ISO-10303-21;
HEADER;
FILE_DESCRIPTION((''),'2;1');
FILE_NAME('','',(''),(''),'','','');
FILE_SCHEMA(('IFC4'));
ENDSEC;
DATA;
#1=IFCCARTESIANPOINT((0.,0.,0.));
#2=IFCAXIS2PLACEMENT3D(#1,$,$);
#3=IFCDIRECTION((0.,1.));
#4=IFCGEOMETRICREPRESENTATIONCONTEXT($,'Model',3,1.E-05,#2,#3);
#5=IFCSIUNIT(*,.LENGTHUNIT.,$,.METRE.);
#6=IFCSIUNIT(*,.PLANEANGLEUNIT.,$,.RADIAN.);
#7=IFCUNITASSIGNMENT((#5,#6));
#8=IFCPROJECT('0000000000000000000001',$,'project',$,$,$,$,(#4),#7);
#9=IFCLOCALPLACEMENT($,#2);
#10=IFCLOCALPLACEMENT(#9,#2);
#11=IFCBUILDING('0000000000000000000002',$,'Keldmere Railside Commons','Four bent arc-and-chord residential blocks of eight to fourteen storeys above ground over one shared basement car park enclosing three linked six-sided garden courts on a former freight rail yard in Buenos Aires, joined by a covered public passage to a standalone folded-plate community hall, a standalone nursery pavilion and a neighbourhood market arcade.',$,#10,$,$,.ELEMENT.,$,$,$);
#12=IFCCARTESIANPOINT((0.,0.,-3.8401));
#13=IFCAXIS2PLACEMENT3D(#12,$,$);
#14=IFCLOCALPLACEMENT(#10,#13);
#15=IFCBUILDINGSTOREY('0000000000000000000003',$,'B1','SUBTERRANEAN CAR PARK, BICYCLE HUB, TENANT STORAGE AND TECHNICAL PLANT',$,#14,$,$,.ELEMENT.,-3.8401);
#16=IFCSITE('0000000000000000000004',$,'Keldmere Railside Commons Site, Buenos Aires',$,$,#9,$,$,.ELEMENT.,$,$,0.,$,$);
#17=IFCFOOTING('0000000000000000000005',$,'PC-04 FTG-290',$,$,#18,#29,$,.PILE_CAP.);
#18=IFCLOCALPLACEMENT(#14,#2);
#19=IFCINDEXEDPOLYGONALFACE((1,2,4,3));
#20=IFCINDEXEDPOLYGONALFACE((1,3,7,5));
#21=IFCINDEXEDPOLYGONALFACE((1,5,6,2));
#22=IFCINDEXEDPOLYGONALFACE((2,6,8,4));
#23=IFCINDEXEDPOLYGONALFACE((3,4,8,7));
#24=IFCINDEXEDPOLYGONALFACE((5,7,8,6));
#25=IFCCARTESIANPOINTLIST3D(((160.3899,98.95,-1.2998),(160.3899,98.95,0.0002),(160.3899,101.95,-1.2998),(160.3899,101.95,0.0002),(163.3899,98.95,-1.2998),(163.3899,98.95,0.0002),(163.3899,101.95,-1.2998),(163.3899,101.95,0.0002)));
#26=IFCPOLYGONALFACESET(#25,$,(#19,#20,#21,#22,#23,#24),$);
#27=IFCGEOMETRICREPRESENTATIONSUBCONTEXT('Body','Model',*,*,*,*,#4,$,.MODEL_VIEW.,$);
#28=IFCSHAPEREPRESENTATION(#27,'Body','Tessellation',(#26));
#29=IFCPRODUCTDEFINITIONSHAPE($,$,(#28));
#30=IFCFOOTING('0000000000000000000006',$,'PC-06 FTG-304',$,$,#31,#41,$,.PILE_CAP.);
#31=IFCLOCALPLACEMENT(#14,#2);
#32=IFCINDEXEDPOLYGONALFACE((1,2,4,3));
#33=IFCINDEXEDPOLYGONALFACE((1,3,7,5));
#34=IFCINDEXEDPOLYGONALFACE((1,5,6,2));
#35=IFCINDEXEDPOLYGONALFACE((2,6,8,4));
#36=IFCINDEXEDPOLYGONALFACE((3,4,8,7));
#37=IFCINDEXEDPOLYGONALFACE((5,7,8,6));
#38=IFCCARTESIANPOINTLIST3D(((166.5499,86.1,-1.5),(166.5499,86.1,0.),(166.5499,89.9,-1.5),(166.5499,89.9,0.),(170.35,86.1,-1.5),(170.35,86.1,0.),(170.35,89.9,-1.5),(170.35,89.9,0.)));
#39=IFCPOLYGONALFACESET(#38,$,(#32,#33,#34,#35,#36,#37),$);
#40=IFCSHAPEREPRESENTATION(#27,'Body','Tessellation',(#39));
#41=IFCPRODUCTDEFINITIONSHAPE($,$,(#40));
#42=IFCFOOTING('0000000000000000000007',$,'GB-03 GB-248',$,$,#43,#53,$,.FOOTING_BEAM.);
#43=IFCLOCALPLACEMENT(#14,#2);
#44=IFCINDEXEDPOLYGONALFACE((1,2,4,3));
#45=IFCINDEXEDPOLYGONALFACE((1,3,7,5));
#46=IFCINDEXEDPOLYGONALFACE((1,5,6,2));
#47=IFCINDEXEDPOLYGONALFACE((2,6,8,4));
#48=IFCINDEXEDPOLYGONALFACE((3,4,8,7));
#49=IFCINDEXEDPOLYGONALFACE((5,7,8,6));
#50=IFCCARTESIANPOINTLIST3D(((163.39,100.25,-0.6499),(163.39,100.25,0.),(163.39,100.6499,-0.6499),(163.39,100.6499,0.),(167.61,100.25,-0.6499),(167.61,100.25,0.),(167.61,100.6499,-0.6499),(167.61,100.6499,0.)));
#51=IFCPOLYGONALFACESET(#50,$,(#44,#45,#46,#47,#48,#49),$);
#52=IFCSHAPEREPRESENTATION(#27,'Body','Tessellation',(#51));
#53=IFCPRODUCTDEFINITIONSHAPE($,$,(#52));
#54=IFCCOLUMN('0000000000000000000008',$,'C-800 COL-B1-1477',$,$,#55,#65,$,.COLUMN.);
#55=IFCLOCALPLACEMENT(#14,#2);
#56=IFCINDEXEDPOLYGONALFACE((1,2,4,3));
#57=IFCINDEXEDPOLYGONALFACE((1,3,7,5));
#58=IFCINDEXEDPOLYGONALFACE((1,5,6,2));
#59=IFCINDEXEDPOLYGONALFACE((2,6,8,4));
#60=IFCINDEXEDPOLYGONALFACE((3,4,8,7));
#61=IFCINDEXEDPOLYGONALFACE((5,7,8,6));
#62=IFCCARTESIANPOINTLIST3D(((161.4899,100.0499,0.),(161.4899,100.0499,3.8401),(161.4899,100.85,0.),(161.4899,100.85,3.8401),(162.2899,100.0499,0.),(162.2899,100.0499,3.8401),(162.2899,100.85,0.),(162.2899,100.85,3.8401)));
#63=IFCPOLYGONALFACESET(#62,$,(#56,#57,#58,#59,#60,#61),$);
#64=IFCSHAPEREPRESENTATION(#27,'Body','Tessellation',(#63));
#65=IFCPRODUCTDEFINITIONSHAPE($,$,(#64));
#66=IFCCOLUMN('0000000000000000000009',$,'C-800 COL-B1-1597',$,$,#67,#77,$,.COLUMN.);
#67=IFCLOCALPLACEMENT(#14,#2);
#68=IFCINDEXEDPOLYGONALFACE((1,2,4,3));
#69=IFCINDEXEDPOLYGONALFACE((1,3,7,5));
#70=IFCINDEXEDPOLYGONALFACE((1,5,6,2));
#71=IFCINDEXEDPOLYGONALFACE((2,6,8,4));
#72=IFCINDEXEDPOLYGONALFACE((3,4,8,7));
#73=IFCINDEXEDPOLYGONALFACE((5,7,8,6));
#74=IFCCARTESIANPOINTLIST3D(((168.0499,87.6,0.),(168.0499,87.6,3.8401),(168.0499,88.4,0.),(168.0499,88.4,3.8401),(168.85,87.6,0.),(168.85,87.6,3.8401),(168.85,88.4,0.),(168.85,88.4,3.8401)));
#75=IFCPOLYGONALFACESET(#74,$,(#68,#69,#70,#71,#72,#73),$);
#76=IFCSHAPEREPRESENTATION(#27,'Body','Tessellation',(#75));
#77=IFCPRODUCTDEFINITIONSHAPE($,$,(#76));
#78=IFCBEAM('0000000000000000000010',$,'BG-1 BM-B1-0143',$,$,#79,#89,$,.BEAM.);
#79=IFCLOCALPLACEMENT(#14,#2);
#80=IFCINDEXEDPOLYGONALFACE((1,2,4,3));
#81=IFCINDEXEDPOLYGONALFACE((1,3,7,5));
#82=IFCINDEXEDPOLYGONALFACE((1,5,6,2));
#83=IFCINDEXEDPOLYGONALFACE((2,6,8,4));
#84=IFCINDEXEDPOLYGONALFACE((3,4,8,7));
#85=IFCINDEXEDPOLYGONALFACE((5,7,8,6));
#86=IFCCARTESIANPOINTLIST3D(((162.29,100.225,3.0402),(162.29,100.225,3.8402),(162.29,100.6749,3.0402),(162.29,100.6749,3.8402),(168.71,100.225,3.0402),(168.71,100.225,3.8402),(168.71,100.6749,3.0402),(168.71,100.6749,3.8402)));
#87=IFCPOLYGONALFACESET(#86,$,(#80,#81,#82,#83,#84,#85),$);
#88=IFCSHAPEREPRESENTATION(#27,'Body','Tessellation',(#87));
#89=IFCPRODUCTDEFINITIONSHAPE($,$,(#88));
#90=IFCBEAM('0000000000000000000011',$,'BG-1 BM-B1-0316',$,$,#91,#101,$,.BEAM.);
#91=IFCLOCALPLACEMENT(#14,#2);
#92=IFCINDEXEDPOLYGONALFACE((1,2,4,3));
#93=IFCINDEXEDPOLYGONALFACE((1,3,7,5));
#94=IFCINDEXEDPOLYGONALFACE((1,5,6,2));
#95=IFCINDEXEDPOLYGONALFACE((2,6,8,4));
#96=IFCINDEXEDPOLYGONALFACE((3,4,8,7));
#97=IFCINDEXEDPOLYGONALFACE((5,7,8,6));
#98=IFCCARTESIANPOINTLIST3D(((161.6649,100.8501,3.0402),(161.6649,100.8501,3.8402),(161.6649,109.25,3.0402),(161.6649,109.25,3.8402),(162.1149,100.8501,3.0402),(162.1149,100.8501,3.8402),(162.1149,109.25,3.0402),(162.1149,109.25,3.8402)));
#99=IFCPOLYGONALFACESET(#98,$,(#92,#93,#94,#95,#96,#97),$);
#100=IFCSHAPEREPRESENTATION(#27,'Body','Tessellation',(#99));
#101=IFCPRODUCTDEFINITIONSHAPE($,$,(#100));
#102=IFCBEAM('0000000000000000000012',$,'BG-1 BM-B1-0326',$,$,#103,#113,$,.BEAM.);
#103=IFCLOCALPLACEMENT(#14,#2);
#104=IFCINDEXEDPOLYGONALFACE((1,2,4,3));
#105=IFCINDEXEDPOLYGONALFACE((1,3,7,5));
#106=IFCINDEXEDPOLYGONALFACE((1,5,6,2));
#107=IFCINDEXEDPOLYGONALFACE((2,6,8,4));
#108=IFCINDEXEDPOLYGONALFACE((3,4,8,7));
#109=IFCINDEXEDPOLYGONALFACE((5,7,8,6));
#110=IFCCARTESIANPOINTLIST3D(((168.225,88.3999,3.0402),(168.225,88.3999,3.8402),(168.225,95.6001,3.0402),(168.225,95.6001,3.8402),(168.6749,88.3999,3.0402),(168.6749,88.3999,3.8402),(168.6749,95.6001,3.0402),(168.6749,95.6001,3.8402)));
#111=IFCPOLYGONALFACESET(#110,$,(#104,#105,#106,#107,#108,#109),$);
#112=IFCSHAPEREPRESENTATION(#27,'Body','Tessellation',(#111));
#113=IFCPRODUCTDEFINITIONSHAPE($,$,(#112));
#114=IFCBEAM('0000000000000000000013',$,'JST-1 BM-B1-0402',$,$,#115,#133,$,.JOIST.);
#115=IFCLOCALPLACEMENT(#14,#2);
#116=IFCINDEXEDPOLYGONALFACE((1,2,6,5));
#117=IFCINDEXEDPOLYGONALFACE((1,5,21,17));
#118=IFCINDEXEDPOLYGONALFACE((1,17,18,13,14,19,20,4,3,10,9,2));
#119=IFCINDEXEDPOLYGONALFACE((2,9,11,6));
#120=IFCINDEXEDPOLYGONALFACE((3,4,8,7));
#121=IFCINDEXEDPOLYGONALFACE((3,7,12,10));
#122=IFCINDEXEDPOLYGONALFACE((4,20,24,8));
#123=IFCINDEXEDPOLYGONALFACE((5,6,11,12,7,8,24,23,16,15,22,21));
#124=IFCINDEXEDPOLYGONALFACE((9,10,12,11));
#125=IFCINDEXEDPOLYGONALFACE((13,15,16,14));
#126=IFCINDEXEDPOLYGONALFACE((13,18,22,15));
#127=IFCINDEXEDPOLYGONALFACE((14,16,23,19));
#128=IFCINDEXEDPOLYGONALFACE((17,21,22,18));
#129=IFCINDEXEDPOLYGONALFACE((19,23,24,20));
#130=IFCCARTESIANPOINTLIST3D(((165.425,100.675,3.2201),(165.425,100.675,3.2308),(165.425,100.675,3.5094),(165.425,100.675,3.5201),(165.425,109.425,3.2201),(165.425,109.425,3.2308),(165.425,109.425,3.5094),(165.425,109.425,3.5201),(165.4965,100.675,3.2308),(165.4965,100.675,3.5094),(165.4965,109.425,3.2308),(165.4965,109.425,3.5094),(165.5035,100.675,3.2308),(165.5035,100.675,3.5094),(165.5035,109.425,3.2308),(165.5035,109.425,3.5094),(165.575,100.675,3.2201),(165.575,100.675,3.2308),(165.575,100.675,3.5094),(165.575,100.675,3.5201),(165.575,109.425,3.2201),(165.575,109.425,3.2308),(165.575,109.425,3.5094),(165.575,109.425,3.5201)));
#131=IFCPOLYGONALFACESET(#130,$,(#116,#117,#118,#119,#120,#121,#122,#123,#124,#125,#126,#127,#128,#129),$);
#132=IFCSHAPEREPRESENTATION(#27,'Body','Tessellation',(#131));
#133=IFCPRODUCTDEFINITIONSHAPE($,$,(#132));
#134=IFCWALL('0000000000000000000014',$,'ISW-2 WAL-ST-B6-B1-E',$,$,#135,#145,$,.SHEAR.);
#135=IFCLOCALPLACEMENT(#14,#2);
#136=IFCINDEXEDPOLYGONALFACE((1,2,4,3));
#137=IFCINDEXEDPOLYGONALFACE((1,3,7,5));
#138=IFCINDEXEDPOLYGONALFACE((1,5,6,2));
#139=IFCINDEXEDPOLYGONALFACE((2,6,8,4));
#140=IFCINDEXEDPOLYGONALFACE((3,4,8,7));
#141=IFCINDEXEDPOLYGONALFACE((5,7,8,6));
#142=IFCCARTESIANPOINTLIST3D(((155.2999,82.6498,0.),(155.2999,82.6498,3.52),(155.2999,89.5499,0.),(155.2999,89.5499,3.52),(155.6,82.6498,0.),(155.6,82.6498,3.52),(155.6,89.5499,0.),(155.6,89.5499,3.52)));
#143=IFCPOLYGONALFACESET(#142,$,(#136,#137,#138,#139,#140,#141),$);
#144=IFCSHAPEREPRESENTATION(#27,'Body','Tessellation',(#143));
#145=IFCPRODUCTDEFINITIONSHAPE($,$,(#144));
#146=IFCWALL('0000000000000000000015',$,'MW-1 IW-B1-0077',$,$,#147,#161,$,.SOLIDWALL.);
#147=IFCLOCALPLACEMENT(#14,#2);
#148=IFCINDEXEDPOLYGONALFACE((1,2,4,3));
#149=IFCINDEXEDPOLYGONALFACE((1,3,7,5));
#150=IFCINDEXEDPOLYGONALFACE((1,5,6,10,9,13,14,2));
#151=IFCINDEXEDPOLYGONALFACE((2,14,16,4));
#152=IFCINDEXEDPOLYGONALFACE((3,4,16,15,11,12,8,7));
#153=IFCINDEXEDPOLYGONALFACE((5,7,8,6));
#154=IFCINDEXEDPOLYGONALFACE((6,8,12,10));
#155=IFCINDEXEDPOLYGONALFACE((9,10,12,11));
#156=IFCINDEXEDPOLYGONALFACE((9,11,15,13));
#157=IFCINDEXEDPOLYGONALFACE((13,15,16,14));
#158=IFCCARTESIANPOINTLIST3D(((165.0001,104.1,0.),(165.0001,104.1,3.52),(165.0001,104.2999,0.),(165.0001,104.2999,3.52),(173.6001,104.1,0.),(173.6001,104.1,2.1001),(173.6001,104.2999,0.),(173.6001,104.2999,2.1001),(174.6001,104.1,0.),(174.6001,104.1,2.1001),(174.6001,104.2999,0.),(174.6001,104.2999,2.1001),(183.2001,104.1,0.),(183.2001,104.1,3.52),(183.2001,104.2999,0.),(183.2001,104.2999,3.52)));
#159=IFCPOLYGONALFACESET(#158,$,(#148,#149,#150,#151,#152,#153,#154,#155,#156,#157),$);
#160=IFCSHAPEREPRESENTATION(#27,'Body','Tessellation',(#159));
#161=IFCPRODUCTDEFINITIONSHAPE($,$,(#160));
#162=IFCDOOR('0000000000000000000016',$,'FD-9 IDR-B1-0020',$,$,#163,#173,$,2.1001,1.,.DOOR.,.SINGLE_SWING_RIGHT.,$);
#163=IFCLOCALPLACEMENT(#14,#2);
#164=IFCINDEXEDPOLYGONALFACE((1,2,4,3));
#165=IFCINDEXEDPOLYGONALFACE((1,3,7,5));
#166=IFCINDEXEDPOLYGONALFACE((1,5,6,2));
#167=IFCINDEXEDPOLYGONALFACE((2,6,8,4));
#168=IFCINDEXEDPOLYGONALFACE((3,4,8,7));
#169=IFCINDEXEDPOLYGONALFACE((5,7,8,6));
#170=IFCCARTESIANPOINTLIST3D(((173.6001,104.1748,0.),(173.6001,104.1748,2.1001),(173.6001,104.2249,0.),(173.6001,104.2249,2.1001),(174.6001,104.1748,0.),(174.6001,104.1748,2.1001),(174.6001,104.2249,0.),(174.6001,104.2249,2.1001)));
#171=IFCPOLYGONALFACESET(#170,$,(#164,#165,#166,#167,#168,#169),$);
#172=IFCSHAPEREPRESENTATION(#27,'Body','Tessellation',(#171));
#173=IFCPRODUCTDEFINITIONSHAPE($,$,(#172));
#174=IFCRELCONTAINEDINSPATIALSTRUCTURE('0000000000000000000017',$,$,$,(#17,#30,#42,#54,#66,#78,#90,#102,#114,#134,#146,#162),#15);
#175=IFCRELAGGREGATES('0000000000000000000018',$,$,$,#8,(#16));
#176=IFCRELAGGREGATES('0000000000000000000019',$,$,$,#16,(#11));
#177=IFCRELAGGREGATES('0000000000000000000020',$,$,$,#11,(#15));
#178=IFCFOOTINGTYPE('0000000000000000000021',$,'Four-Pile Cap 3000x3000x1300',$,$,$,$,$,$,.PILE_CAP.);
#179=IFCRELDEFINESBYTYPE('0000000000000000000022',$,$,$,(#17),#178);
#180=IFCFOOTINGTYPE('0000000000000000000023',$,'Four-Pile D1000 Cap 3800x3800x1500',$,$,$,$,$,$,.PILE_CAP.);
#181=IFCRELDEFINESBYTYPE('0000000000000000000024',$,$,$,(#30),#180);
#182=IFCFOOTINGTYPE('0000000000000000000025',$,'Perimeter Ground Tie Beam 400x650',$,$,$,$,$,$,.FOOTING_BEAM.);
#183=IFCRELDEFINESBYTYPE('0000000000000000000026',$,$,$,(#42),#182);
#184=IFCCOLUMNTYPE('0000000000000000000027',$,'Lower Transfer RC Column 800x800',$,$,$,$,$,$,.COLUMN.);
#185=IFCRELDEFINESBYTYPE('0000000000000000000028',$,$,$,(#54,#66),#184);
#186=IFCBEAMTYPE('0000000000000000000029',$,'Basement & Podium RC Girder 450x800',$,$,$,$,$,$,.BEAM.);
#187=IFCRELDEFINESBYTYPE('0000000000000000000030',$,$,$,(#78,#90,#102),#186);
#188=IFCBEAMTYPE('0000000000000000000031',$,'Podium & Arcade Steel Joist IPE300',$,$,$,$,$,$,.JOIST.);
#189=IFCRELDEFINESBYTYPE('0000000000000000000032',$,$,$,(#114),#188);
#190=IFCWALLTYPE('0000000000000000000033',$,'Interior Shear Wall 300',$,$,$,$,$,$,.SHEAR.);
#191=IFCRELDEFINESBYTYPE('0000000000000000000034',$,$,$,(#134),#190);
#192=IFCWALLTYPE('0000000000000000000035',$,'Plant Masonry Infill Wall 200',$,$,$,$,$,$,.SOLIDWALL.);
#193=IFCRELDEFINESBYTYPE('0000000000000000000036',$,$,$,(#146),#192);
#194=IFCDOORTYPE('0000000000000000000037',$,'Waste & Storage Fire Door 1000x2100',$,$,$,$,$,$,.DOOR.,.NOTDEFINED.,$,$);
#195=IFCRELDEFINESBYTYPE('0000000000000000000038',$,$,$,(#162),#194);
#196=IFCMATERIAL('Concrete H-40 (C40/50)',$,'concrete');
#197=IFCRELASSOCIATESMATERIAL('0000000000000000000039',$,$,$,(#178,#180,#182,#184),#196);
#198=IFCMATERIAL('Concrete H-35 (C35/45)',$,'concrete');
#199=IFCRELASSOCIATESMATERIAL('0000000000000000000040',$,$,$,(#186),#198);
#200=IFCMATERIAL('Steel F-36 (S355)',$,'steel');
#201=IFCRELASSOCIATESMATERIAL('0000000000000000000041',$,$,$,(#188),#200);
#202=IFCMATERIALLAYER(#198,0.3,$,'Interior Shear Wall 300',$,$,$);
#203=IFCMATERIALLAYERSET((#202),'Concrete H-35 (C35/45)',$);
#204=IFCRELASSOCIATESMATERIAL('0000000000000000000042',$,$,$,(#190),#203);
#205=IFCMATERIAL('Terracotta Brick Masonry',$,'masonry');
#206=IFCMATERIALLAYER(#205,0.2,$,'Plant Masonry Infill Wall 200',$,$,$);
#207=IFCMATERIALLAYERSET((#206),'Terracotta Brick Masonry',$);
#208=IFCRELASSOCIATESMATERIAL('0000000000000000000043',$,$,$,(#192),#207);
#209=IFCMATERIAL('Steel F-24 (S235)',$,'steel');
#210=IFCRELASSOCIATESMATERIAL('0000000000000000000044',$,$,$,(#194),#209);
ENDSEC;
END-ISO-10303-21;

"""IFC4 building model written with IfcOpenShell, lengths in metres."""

from ifc_helpers import new_model, si_unit, direction, frame, frame_2d, origin, origin_2d, place, context, subcontext, project, spatial, rectangle, i_section, extrude, material, layer, layer_set, material_profile, profile_set, type_object, element, fill, save


model = new_model("IFC4")

# Units and contexts
model_context = context("Model", 3, precision=1e-05, world=origin(), true_north=direction((0.0, 1.0)))
body_context = subcontext(model_context, "Body", "Model", "MODEL_VIEW")
ifc_project = project(units=[si_unit("LENGTHUNIT", "METRE"), si_unit("PLANEANGLEUNIT", "RADIAN")], contexts=[model_context])

# Site, building, storey
site_placement = place(None, origin())
site = spatial("IfcSite", under=ifc_project, at=site_placement, Name="Keldmere Railside Commons Site, Buenos Aires", CompositionType="ELEMENT", RefElevation=0.0)
building_placement = place(site_placement, origin())
building = spatial("IfcBuilding", under=site, at=building_placement, Name="Keldmere Railside Commons", Description="Four bent arc-and-chord residential blocks of eight to fourteen storeys above ground over one shared basement car park enclosing three linked six-sided garden courts on a former freight rail yard in Buenos Aires, joined by a covered public passage to a standalone folded-plate community hall, a standalone nursery pavilion and a neighbourhood market arcade.", CompositionType="ELEMENT")
storey_placement = place(building_placement, frame((0.0, 0.0, -3.8401)))
storey = spatial("IfcBuildingStorey", under=building, at=storey_placement, Name="B1", Description="SUBTERRANEAN CAR PARK, BICYCLE HUB, TENANT STORAGE AND TECHNICAL PLANT", CompositionType="ELEMENT", Elevation=-3.8401)

# Footings
ifc_material_1 = material(Name="Concrete H-40 (C40/50)", Category="concrete")
footing_type_1 = type_object("IfcFootingType", Name="Four-Pile Cap 3000x3000x1300", PredefinedType="PILE_CAP", material=ifc_material_1)
footing_1_placement = place(storey_placement, frame((161.8899, 100.45, -1.2998), z_axis=(0.0, 0.0, 1.0), x_axis=(1.0, 0.0, 0.0)))
element("IfcFooting", 1, at=footing_1_placement, inside=storey, type_object=footing_type_1, Name="PC-04 FTG-290", PredefinedType="PILE_CAP", context=body_context, shape_type="SweptSolid", body=[
    extrude(rectangle(XDim=3.0, YDim=3.0, at=origin_2d()), origin(), (0.0, 0.0, 1.0), 1.3),
])
footing_type_2 = type_object("IfcFootingType", Name="Four-Pile D1000 Cap 3800x3800x1500", PredefinedType="PILE_CAP", material=ifc_material_1)
footing_2_placement = place(storey_placement, frame((168.45, 88.0, -1.5), z_axis=(0.0, 0.0, 1.0), x_axis=(1.0, 0.0, 0.0)))
element("IfcFooting", 2, at=footing_2_placement, inside=storey, type_object=footing_type_2, Name="PC-06 FTG-304", PredefinedType="PILE_CAP", context=body_context, shape_type="SweptSolid", body=[
    extrude(rectangle(XDim=3.8, YDim=3.8, at=origin_2d()), origin(), (0.0, 0.0, 1.0), 1.5),
])
footing_type_3 = type_object("IfcFootingType", Name="Perimeter Ground Tie Beam 400x650", PredefinedType="FOOTING_BEAM", material=ifc_material_1)
footing_3_placement = place(storey_placement, frame((165.5, 100.45, -0.6499), z_axis=(0.0, 0.0, 1.0), x_axis=(1.0, 0.0, 0.0)))
element("IfcFooting", 3, at=footing_3_placement, inside=storey, type_object=footing_type_3, Name="GB-03 GB-248", PredefinedType="FOOTING_BEAM", context=body_context, shape_type="SweptSolid", body=[
    extrude(rectangle(XDim=4.22, YDim=0.3999, at=origin_2d()), origin(), (0.0, 0.0, 1.0), 0.6499),
])

# Columns
ifc_material_profile_1 = material_profile(ifc_material_1, rectangle(XDim=0.8, YDim=0.8, at=origin_2d()), Name="RC-800x800")
ifc_profile_set_1 = profile_set([ifc_material_profile_1], Name="Concrete H-40 (C40/50)")
column_type = type_object("IfcColumnType", Name="Lower Transfer RC Column 800x800", PredefinedType="COLUMN", material=ifc_profile_set_1)
for number, where, z_axis, x_axis, name in (
    (4, (161.8899, 100.45, 0.0), (0.0, 0.0, 1.0), (1.0, 0.0, 0.0), "C-800 COL-B1-1477"),
    (5, (168.45, 88.0, 0.0), (0.0, 0.0, 1.0), (1.0, 0.0, 0.0), "C-800 COL-B1-1597"),
):
    element("IfcColumn", number, at=place(storey_placement, frame(where, z_axis=z_axis, x_axis=x_axis)), inside=storey, type_object=column_type, Name=name, PredefinedType="COLUMN", context=body_context, shape_type="SweptSolid", body=[
        extrude(rectangle(XDim=0.8, YDim=0.8, at=origin_2d()), origin(), (0.0, 0.0, 1.0), 3.8401),
    ])

# Beams
ifc_material_2 = material(Name="Concrete H-35 (C35/45)", Category="concrete")
ifc_material_profile_2 = material_profile(ifc_material_2, rectangle(XDim=0.45, YDim=0.8, at=origin_2d()), Name="RC-450x800")
ifc_profile_set_2 = profile_set([ifc_material_profile_2], Name="Concrete H-35 (C35/45)")
beam_type_1 = type_object("IfcBeamType", Name="Basement & Podium RC Girder 450x800", PredefinedType="BEAM", material=ifc_profile_set_2)
beam_1_placement = place(storey_placement, frame((162.29, 100.45, 3.4402), z_axis=(1.0, 0.0, 0.0), x_axis=(0.0, 1.0, 0.0)))
element("IfcBeam", 6, at=beam_1_placement, inside=storey, type_object=beam_type_1, Name="BG-1 BM-B1-0143", PredefinedType="BEAM", context=body_context, shape_type="SweptSolid", body=[
    extrude(rectangle(XDim=0.45, YDim=0.8, at=origin_2d()), origin(), (0.0, 0.0, 1.0), 6.4199),
])
beam_2_placement = place(storey_placement, frame((161.8899, 100.8501, 3.4402), z_axis=(0.0, 1.0, 0.0), x_axis=(-1.0, 0.0, 0.0)))
element("IfcBeam", 7, at=beam_2_placement, inside=storey, type_object=beam_type_1, Name="BG-1 BM-B1-0316", PredefinedType="BEAM", context=body_context, shape_type="SweptSolid", body=[
    extrude(rectangle(XDim=0.45, YDim=0.8, at=origin_2d()), origin(), (0.0, 0.0, 1.0), 8.3999),
])
beam_3_placement = place(storey_placement, frame((168.45, 88.3999, 3.4402), z_axis=(0.0, 1.0, 0.0), x_axis=(-1.0, 0.0, 0.0)))
element("IfcBeam", 8, at=beam_3_placement, inside=storey, type_object=beam_type_1, Name="BG-1 BM-B1-0326", PredefinedType="BEAM", context=body_context, shape_type="SweptSolid", body=[
    extrude(rectangle(XDim=0.45, YDim=0.8, at=origin_2d()), origin(), (0.0, 0.0, 1.0), 7.2002),
])
ifc_material_3 = material(Name="Steel F-36 (S355)", Category="steel")
ifc_material_profile_3 = material_profile(ifc_material_3, i_section(OverallWidth=0.1499, OverallDepth=0.3, WebThickness=0.0071, FlangeThickness=0.0107, at=origin_2d()), Name="IPE-300")
ifc_profile_set_3 = profile_set([ifc_material_profile_3], Name="Steel F-36 (S355)")
beam_type_2 = type_object("IfcBeamType", Name="Podium & Arcade Steel Joist IPE300", PredefinedType="JOIST", material=ifc_profile_set_3)
beam_4_placement = place(storey_placement, frame((165.5, 100.675, 3.3701), z_axis=(0.0, 1.0, 0.0), x_axis=(-1.0, 0.0, 0.0)))
element("IfcBeam", 9, at=beam_4_placement, inside=storey, type_object=beam_type_2, Name="JST-1 BM-B1-0402", PredefinedType="JOIST", context=body_context, shape_type="SweptSolid", body=[
    extrude(i_section(OverallWidth=0.1499, OverallDepth=0.3, WebThickness=0.0071, FlangeThickness=0.0107, at=origin_2d()), origin(), (0.0, 0.0, 1.0), 8.75),
])

# Wall
ifc_layer_1 = layer(ifc_material_2, 0.3, Name="Interior Shear Wall 300")
ifc_layer_set_1 = layer_set([ifc_layer_1], Name="Concrete H-35 (C35/45)")
wall_type_1 = type_object("IfcWallType", Name="Interior Shear Wall 300", PredefinedType="SHEAR", material=ifc_layer_set_1)
wall_1_placement = place(storey_placement, frame((155.45, 89.55, 0.0), z_axis=(0.0, 0.0, 1.0), x_axis=(0.0, -1.0, 0.0)))
element("IfcWall", 10, at=wall_1_placement, inside=storey, type_object=wall_type_1, Name="ISW-2 WAL-ST-B6-B1-E", PredefinedType="SHEAR", context=body_context, shape_type="SweptSolid", body=[
    extrude(rectangle(XDim=6.9001, YDim=0.3, at=frame_2d((3.4502, 0.0))), origin(), (0.0, 0.0, 1.0), 3.52),
])

# Wall, opening, door
ifc_material_4 = material(Name="Terracotta Brick Masonry", Category="masonry")
ifc_layer_2 = layer(ifc_material_4, 0.2, Name="Plant Masonry Infill Wall 200")
ifc_layer_set_2 = layer_set([ifc_layer_2], Name="Terracotta Brick Masonry")
wall_type_2 = type_object("IfcWallType", Name="Plant Masonry Infill Wall 200", PredefinedType="SOLIDWALL", material=ifc_layer_set_2)
wall_2_placement = place(storey_placement, frame((165.0, 104.2, 0.0), z_axis=(0.0, 0.0, 1.0), x_axis=(1.0, 0.0, 0.0)))
wall_2 = element("IfcWall", 11, at=wall_2_placement, inside=storey, type_object=wall_type_2, Name="MW-1 IW-B1-0077", PredefinedType="SOLIDWALL", context=body_context, shape_type="SweptSolid", body=[
    extrude(rectangle(XDim=18.2, YDim=0.2, at=frame_2d((9.1001, 0.0))), origin(), (0.0, 0.0, 1.0), 3.52),
])
opening_placement = place(wall_2_placement, frame((8.6001, 0.0, 0.0)))
opening = element("IfcOpeningElement", 12, at=opening_placement, cuts=wall_2, PredefinedType="OPENING", context=body_context, shape_type="SweptSolid", body=[
    extrude(rectangle(XDim=1.0, YDim=2.1001, at=frame_2d((0.5, 1.05))), frame((0.0, 0.1099, 0.0), z_axis=(0.0, -1.0, 0.0), x_axis=(1.0, 0.0, 0.0)), (0.0, 0.0, 1.0), 0.22),
])
ifc_material_5 = material(Name="Steel F-24 (S235)", Category="steel")
door_type = type_object("IfcDoorType", Name="Waste & Storage Fire Door 1000x2100", OperationType="NOTDEFINED", PredefinedType="DOOR", material=ifc_material_5)
door_placement = place(opening_placement, origin())
door = element("IfcDoor", 13, at=door_placement, inside=storey, type_object=door_type, Name="FD-9 IDR-B1-0020", OperationType="SINGLE_SWING_RIGHT", OverallHeight=2.1001, OverallWidth=1.0, PredefinedType="DOOR", context=body_context, shape_type="SweptSolid", body=[
    extrude(rectangle(XDim=1.0, YDim=2.1001, at=frame_2d((0.5, 1.05))), frame((0.0, 0.0249, 0.0), z_axis=(0.0, -1.0, 0.0), x_axis=(1.0, 0.0, 0.0)), (0.0, 0.0, 1.0), 0.05),
])
fill(opening, door)

save(model, "model.ifc")
